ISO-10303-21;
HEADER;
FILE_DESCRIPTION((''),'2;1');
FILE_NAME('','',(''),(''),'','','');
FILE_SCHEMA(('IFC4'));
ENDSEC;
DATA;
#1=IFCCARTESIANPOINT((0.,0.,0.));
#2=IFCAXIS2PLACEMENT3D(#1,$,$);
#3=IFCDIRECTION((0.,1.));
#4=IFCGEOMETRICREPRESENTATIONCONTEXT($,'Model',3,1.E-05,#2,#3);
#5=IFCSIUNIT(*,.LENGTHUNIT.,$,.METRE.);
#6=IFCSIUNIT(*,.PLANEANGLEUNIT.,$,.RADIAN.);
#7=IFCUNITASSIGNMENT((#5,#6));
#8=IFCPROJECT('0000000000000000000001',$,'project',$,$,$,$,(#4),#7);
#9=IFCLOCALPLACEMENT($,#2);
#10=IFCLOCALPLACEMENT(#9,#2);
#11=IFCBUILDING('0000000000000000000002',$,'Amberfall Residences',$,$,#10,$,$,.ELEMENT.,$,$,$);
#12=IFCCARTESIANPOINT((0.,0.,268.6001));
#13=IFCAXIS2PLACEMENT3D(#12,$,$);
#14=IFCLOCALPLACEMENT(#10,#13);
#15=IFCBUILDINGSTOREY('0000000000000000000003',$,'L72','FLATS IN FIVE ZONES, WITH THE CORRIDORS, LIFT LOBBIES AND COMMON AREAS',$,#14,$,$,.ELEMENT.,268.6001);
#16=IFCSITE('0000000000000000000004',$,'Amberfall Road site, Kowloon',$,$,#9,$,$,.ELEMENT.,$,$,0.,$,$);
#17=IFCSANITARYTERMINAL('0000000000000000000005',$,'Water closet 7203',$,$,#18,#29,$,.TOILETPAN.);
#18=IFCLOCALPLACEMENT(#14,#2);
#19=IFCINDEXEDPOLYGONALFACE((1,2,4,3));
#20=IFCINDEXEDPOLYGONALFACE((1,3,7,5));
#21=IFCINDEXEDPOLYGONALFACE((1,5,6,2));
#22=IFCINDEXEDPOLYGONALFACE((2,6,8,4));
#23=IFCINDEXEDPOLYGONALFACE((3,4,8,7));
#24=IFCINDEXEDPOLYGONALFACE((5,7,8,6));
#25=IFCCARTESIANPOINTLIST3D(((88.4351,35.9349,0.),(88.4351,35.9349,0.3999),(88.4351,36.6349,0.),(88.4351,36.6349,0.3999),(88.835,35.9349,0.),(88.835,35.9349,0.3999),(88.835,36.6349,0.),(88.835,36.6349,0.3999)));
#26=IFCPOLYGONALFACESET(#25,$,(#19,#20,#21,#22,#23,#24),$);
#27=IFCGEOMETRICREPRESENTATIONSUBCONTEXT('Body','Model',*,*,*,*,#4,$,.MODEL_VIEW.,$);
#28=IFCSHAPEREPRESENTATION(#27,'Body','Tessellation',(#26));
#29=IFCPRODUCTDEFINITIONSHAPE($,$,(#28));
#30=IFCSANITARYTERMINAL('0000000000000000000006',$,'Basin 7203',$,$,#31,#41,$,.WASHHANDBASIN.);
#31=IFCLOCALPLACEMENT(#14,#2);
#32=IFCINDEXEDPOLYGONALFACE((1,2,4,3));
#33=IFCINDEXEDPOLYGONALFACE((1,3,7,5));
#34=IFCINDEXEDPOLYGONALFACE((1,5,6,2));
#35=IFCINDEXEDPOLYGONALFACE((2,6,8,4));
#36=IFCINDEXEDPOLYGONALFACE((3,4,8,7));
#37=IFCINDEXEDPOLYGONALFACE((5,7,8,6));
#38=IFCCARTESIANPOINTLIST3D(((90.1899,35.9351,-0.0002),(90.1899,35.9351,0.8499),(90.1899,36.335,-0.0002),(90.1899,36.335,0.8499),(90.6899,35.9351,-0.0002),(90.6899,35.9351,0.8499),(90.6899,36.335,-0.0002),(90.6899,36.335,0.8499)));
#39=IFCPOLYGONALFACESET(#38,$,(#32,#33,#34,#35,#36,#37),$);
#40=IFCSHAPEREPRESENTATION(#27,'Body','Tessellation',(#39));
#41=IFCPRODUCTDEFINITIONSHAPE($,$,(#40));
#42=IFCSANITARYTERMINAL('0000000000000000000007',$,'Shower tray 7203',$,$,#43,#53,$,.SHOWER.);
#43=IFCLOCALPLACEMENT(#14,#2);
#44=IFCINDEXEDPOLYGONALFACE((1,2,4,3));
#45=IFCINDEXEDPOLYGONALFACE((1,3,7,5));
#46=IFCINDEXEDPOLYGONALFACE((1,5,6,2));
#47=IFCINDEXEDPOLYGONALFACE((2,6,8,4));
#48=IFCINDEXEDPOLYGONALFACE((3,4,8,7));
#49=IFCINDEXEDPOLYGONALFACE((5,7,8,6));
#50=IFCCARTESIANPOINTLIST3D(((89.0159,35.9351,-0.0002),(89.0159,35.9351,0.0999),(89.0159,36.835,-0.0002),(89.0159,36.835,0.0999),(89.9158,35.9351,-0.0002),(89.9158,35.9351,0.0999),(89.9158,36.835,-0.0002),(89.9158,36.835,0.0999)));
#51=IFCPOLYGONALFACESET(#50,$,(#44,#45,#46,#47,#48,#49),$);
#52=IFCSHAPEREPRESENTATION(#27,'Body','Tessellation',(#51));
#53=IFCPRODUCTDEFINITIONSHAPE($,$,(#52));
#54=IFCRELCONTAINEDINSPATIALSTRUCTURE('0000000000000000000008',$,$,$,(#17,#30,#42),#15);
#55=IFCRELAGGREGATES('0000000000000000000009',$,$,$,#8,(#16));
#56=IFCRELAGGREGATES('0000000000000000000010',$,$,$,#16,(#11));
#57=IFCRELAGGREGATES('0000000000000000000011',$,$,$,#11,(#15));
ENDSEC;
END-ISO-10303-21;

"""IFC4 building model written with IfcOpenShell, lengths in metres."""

from ifc_helpers import new_model, si_unit, direction, frame, origin, origin_2d, place, context, subcontext, project, spatial, rectangle, extrude, element, save


model = new_model("IFC4")

# Units and contexts
model_context = context("Model", 3, precision=1e-05, world=origin(), true_north=direction((0.0, 1.0)))
body_context = subcontext(model_context, "Body", "Model", "MODEL_VIEW")
ifc_project = project(units=[si_unit("LENGTHUNIT", "METRE"), si_unit("PLANEANGLEUNIT", "RADIAN")], contexts=[model_context])

# Site, building, storey
site_placement = place(None, origin())
site = spatial("IfcSite", under=ifc_project, at=site_placement, Name="Amberfall Road site, Kowloon", CompositionType="ELEMENT", RefElevation=0.0)
building_placement = place(site_placement, origin())
building = spatial("IfcBuilding", under=site, at=building_placement, Name="Amberfall Residences", CompositionType="ELEMENT")
storey_placement = place(building_placement, frame((0.0, 0.0, 268.6001)))
storey = spatial("IfcBuildingStorey", under=building, at=storey_placement, Name="L72", Description="FLATS IN FIVE ZONES, WITH THE CORRIDORS, LIFT LOBBIES AND COMMON AREAS", CompositionType="ELEMENT", Elevation=268.6001)

# Sanitary terminals
sanitary_terminal_1_placement = place(storey_placement, frame((88.635, 36.2849, 0.0), z_axis=(0.0, 0.0, 1.0), x_axis=(1.0, 0.0, 0.0)))
element("IfcSanitaryTerminal", 1, at=sanitary_terminal_1_placement, inside=storey, Name="Water closet 7203", PredefinedType="TOILETPAN", context=body_context, shape_type="SweptSolid", body=[
    extrude(rectangle(XDim=0.3999, YDim=0.7, at=origin_2d()), origin(), (0.0, 0.0, 1.0), 0.3999),
])
sanitary_terminal_2_placement = place(storey_placement, frame((90.4399, 36.135, -0.0002), z_axis=(0.0, 0.0, 1.0), x_axis=(1.0, 0.0, 0.0)))
element("IfcSanitaryTerminal", 2, at=sanitary_terminal_2_placement, inside=storey, Name="Basin 7203", PredefinedType="WASHHANDBASIN", context=body_context, shape_type="SweptSolid", body=[
    extrude(rectangle(XDim=0.5, YDim=0.3999, at=origin_2d()), origin(), (0.0, 0.0, 1.0), 0.8501),
])
sanitary_terminal_3_placement = place(storey_placement, frame((89.4658, 36.385, -0.0002), z_axis=(0.0, 0.0, 1.0), x_axis=(1.0, 0.0, 0.0)))
element("IfcSanitaryTerminal", 3, at=sanitary_terminal_3_placement, inside=storey, Name="Shower tray 7203", PredefinedType="SHOWER", context=body_context, shape_type="SweptSolid", body=[
    extrude(rectangle(XDim=0.8999, YDim=0.8999, at=origin_2d()), origin(), (0.0, 0.0, 1.0), 0.1001),
])

save(model, "model.ifc")
